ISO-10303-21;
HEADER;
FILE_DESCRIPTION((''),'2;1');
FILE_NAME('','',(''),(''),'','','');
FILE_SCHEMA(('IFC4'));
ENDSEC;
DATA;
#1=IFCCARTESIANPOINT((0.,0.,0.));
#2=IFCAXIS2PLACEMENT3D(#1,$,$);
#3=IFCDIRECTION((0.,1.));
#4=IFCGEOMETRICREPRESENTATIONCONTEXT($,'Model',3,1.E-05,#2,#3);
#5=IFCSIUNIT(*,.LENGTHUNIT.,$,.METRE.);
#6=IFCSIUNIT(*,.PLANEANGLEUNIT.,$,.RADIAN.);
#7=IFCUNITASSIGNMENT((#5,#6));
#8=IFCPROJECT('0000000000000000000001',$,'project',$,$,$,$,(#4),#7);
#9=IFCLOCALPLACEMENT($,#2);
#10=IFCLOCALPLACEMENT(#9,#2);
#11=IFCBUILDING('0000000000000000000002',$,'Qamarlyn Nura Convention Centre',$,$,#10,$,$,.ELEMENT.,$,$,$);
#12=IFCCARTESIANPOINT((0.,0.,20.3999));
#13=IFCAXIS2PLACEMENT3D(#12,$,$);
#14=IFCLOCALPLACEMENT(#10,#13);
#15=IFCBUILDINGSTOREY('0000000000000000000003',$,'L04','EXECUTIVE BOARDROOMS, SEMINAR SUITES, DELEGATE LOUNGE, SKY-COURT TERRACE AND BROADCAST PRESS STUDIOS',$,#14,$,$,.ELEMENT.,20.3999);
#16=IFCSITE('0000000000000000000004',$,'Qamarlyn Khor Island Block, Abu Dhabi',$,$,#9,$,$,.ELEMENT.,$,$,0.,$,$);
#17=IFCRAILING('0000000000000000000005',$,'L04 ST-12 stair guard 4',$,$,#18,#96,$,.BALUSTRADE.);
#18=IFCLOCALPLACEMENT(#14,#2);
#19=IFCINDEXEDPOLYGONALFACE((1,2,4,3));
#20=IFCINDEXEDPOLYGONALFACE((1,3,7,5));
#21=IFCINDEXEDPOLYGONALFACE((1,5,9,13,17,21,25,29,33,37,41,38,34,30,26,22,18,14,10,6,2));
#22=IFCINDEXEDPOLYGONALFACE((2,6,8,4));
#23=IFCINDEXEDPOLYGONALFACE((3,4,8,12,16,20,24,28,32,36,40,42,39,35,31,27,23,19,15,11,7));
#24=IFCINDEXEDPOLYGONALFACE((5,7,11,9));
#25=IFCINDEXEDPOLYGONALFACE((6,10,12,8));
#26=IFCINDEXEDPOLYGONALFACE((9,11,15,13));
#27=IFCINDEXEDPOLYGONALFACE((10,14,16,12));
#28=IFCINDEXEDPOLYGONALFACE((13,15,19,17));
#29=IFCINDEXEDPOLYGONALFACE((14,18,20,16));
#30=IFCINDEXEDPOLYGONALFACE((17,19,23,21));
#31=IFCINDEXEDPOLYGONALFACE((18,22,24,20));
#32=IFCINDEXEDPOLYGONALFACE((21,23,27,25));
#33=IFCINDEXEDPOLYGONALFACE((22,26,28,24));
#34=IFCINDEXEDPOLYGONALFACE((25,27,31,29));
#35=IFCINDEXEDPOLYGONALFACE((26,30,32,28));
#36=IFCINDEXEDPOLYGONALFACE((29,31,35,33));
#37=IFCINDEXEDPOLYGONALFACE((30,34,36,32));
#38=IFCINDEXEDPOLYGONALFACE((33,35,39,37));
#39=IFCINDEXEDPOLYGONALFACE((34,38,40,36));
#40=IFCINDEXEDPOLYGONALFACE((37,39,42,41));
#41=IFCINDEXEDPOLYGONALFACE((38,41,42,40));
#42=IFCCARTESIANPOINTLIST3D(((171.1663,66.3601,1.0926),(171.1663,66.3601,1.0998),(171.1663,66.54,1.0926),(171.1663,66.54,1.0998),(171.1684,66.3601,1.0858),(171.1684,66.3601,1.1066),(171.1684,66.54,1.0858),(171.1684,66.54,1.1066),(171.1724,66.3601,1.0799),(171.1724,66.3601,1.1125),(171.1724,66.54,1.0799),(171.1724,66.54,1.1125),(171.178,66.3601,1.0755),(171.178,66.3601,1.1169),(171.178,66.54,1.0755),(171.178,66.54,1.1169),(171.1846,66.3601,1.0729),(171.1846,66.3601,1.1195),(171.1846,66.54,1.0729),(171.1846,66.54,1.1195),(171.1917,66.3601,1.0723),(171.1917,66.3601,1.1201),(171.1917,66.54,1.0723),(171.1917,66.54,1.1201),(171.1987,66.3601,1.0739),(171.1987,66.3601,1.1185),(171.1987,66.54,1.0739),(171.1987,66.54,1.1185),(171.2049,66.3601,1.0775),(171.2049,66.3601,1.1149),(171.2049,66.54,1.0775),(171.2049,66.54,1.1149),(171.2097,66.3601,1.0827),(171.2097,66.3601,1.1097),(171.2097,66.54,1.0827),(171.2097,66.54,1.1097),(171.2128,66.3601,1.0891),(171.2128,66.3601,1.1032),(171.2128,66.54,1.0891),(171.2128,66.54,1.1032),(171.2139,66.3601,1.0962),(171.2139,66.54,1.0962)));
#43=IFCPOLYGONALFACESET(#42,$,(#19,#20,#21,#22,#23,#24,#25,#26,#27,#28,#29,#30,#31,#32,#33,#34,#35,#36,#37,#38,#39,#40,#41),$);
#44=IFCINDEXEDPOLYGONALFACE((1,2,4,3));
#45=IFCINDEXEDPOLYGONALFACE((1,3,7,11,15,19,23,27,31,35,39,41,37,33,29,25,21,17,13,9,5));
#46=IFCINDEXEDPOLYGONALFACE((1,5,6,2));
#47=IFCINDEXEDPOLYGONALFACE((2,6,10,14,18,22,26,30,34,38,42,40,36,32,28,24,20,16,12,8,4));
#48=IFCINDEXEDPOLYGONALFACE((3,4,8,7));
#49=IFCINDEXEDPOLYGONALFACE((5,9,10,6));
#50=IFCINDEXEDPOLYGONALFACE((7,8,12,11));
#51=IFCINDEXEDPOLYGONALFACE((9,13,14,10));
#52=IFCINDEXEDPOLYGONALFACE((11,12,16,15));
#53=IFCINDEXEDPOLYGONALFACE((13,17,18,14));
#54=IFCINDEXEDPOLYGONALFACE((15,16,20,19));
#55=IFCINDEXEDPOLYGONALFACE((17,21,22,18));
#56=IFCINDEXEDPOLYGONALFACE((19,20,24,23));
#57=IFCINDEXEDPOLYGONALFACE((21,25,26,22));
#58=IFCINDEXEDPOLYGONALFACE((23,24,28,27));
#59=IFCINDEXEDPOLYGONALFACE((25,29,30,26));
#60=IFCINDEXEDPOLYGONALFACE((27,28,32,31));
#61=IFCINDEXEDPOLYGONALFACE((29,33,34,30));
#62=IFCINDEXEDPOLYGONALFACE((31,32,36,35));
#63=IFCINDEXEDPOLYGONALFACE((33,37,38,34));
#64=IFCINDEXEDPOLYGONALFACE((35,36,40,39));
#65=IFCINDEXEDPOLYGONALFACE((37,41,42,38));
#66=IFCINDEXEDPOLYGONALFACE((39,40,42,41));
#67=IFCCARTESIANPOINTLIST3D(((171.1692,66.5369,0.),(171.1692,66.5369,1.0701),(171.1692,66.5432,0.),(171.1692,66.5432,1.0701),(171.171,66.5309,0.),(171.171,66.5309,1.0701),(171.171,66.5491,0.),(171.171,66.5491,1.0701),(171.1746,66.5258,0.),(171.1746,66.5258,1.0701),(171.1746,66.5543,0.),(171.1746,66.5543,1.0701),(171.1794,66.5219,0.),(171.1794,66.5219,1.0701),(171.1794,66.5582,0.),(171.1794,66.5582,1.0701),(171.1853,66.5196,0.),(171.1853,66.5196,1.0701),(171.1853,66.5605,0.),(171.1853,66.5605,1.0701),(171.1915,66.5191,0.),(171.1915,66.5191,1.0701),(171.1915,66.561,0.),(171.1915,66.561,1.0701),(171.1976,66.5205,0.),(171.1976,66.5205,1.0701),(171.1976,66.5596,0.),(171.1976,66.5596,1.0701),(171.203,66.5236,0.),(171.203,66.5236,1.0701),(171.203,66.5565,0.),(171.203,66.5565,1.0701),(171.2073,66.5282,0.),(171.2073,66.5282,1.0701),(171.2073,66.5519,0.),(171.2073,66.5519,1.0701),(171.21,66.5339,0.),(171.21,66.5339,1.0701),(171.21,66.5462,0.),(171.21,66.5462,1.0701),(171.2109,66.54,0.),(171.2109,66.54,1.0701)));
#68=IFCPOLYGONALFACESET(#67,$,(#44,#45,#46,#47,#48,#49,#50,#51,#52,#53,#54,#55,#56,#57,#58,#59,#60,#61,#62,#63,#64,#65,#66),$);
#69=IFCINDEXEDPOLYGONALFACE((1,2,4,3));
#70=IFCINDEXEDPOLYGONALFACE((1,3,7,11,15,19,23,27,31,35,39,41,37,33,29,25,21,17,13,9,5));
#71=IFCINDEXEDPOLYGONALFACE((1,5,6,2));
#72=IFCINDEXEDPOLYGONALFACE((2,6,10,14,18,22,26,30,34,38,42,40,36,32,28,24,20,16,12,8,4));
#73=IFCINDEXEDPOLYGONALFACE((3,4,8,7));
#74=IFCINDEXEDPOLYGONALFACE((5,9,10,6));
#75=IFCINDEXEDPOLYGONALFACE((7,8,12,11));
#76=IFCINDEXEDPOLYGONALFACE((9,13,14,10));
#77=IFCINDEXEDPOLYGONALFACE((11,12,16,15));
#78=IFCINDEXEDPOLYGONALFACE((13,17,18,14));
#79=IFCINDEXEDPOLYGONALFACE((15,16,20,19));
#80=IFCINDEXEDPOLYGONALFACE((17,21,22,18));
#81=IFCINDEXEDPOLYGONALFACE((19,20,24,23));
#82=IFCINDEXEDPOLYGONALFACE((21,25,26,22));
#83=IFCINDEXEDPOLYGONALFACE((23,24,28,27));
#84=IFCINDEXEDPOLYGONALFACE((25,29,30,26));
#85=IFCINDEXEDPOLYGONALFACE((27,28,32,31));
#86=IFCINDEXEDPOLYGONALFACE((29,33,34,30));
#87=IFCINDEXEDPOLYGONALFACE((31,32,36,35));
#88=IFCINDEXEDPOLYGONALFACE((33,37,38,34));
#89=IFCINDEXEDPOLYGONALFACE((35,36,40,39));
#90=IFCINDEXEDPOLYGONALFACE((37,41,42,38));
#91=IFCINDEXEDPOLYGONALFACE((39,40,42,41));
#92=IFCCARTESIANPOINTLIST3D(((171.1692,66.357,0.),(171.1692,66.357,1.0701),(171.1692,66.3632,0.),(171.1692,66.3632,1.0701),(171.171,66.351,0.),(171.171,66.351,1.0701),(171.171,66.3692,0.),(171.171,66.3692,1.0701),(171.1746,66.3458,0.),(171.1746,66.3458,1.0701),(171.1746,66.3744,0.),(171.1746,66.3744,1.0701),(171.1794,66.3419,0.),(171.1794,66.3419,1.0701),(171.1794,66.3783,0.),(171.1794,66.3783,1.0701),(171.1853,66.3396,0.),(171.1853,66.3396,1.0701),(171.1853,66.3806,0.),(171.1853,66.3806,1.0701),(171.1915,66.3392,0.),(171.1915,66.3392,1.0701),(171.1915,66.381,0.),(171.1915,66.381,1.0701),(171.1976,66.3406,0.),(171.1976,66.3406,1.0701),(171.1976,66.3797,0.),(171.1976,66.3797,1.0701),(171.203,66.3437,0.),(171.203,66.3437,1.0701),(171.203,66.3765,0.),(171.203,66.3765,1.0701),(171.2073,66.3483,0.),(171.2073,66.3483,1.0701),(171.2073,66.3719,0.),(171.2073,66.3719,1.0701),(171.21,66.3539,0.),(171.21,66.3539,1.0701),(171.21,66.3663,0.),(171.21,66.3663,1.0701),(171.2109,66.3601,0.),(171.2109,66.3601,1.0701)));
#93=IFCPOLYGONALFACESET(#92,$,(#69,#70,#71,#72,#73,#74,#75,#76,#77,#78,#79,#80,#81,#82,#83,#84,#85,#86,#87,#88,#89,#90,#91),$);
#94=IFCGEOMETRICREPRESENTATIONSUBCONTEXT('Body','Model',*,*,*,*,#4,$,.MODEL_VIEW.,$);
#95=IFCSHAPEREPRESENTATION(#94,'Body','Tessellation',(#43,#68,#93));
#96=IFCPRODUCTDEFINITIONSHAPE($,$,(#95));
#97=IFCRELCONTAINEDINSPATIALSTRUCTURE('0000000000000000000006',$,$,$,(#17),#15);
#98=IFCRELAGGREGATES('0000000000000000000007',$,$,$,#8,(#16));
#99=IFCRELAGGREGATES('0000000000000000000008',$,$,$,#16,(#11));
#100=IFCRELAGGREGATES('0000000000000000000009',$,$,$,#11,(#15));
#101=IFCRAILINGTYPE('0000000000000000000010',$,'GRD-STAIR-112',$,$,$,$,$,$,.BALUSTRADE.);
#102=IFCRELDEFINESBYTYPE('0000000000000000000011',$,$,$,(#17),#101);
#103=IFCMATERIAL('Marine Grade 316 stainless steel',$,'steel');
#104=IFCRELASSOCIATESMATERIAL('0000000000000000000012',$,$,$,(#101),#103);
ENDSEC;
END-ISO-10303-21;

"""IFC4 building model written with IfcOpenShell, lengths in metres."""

from ifc_helpers import new_model, si_unit, direction, frame, origin, origin_2d, place, context, subcontext, project, spatial, circle, extrude, material, type_object, element, save


model = new_model("IFC4")

# Units and contexts
model_context = context("Model", 3, precision=1e-05, world=origin(), true_north=direction((0.0, 1.0)))
body_context = subcontext(model_context, "Body", "Model", "MODEL_VIEW")
ifc_project = project(units=[si_unit("LENGTHUNIT", "METRE"), si_unit("PLANEANGLEUNIT", "RADIAN")], contexts=[model_context])

# Site, building, storey
site_placement = place(None, origin())
site = spatial("IfcSite", under=ifc_project, at=site_placement, Name="Qamarlyn Khor Island Block, Abu Dhabi", CompositionType="ELEMENT", RefElevation=0.0)
building_placement = place(site_placement, origin())
building = spatial("IfcBuilding", under=site, at=building_placement, Name="Qamarlyn Nura Convention Centre", CompositionType="ELEMENT")
storey_placement = place(building_placement, frame((0.0, 0.0, 20.3999)))
storey = spatial("IfcBuildingStorey", under=building, at=storey_placement, Name="L04", Description="EXECUTIVE BOARDROOMS, SEMINAR SUITES, DELEGATE LOUNGE, SKY-COURT TERRACE AND BROADCAST PRESS STUDIOS", CompositionType="ELEMENT", Elevation=20.3999)

# Railing
ifc_material_1 = material(Name="Marine Grade 316 stainless steel", Category="steel")
railing_type_1 = type_object("IfcRailingType", Name="GRD-STAIR-112", PredefinedType="BALUSTRADE", material=ifc_material_1)
railing_1_placement = place(storey_placement, frame((171.1899, 66.54, 0.0)))
element("IfcRailing", 1, at=railing_1_placement, inside=storey, type_object=railing_type_1, Name="L04 ST-12 stair guard 4", PredefinedType="BALUSTRADE", context=body_context, shape_type="SweptSolid", body=[
    extrude(circle(Radius=0.0239, at=origin_2d()), frame((0.0, 0.0, 1.0962), z_axis=(0.0, -1.0, 0.0), x_axis=(1.0, 0.0, 0.0)), (0.0, 0.0, 1.0), 0.1799),
    extrude(circle(Radius=0.021, at=origin_2d()), origin(), (0.0, 0.0, 1.0), 1.0701),
    extrude(circle(Radius=0.021, at=origin_2d()), frame((0.0, -0.1799, 0.0)), (0.0, 0.0, 1.0), 1.0701),
])

save(model, "model.ifc")
